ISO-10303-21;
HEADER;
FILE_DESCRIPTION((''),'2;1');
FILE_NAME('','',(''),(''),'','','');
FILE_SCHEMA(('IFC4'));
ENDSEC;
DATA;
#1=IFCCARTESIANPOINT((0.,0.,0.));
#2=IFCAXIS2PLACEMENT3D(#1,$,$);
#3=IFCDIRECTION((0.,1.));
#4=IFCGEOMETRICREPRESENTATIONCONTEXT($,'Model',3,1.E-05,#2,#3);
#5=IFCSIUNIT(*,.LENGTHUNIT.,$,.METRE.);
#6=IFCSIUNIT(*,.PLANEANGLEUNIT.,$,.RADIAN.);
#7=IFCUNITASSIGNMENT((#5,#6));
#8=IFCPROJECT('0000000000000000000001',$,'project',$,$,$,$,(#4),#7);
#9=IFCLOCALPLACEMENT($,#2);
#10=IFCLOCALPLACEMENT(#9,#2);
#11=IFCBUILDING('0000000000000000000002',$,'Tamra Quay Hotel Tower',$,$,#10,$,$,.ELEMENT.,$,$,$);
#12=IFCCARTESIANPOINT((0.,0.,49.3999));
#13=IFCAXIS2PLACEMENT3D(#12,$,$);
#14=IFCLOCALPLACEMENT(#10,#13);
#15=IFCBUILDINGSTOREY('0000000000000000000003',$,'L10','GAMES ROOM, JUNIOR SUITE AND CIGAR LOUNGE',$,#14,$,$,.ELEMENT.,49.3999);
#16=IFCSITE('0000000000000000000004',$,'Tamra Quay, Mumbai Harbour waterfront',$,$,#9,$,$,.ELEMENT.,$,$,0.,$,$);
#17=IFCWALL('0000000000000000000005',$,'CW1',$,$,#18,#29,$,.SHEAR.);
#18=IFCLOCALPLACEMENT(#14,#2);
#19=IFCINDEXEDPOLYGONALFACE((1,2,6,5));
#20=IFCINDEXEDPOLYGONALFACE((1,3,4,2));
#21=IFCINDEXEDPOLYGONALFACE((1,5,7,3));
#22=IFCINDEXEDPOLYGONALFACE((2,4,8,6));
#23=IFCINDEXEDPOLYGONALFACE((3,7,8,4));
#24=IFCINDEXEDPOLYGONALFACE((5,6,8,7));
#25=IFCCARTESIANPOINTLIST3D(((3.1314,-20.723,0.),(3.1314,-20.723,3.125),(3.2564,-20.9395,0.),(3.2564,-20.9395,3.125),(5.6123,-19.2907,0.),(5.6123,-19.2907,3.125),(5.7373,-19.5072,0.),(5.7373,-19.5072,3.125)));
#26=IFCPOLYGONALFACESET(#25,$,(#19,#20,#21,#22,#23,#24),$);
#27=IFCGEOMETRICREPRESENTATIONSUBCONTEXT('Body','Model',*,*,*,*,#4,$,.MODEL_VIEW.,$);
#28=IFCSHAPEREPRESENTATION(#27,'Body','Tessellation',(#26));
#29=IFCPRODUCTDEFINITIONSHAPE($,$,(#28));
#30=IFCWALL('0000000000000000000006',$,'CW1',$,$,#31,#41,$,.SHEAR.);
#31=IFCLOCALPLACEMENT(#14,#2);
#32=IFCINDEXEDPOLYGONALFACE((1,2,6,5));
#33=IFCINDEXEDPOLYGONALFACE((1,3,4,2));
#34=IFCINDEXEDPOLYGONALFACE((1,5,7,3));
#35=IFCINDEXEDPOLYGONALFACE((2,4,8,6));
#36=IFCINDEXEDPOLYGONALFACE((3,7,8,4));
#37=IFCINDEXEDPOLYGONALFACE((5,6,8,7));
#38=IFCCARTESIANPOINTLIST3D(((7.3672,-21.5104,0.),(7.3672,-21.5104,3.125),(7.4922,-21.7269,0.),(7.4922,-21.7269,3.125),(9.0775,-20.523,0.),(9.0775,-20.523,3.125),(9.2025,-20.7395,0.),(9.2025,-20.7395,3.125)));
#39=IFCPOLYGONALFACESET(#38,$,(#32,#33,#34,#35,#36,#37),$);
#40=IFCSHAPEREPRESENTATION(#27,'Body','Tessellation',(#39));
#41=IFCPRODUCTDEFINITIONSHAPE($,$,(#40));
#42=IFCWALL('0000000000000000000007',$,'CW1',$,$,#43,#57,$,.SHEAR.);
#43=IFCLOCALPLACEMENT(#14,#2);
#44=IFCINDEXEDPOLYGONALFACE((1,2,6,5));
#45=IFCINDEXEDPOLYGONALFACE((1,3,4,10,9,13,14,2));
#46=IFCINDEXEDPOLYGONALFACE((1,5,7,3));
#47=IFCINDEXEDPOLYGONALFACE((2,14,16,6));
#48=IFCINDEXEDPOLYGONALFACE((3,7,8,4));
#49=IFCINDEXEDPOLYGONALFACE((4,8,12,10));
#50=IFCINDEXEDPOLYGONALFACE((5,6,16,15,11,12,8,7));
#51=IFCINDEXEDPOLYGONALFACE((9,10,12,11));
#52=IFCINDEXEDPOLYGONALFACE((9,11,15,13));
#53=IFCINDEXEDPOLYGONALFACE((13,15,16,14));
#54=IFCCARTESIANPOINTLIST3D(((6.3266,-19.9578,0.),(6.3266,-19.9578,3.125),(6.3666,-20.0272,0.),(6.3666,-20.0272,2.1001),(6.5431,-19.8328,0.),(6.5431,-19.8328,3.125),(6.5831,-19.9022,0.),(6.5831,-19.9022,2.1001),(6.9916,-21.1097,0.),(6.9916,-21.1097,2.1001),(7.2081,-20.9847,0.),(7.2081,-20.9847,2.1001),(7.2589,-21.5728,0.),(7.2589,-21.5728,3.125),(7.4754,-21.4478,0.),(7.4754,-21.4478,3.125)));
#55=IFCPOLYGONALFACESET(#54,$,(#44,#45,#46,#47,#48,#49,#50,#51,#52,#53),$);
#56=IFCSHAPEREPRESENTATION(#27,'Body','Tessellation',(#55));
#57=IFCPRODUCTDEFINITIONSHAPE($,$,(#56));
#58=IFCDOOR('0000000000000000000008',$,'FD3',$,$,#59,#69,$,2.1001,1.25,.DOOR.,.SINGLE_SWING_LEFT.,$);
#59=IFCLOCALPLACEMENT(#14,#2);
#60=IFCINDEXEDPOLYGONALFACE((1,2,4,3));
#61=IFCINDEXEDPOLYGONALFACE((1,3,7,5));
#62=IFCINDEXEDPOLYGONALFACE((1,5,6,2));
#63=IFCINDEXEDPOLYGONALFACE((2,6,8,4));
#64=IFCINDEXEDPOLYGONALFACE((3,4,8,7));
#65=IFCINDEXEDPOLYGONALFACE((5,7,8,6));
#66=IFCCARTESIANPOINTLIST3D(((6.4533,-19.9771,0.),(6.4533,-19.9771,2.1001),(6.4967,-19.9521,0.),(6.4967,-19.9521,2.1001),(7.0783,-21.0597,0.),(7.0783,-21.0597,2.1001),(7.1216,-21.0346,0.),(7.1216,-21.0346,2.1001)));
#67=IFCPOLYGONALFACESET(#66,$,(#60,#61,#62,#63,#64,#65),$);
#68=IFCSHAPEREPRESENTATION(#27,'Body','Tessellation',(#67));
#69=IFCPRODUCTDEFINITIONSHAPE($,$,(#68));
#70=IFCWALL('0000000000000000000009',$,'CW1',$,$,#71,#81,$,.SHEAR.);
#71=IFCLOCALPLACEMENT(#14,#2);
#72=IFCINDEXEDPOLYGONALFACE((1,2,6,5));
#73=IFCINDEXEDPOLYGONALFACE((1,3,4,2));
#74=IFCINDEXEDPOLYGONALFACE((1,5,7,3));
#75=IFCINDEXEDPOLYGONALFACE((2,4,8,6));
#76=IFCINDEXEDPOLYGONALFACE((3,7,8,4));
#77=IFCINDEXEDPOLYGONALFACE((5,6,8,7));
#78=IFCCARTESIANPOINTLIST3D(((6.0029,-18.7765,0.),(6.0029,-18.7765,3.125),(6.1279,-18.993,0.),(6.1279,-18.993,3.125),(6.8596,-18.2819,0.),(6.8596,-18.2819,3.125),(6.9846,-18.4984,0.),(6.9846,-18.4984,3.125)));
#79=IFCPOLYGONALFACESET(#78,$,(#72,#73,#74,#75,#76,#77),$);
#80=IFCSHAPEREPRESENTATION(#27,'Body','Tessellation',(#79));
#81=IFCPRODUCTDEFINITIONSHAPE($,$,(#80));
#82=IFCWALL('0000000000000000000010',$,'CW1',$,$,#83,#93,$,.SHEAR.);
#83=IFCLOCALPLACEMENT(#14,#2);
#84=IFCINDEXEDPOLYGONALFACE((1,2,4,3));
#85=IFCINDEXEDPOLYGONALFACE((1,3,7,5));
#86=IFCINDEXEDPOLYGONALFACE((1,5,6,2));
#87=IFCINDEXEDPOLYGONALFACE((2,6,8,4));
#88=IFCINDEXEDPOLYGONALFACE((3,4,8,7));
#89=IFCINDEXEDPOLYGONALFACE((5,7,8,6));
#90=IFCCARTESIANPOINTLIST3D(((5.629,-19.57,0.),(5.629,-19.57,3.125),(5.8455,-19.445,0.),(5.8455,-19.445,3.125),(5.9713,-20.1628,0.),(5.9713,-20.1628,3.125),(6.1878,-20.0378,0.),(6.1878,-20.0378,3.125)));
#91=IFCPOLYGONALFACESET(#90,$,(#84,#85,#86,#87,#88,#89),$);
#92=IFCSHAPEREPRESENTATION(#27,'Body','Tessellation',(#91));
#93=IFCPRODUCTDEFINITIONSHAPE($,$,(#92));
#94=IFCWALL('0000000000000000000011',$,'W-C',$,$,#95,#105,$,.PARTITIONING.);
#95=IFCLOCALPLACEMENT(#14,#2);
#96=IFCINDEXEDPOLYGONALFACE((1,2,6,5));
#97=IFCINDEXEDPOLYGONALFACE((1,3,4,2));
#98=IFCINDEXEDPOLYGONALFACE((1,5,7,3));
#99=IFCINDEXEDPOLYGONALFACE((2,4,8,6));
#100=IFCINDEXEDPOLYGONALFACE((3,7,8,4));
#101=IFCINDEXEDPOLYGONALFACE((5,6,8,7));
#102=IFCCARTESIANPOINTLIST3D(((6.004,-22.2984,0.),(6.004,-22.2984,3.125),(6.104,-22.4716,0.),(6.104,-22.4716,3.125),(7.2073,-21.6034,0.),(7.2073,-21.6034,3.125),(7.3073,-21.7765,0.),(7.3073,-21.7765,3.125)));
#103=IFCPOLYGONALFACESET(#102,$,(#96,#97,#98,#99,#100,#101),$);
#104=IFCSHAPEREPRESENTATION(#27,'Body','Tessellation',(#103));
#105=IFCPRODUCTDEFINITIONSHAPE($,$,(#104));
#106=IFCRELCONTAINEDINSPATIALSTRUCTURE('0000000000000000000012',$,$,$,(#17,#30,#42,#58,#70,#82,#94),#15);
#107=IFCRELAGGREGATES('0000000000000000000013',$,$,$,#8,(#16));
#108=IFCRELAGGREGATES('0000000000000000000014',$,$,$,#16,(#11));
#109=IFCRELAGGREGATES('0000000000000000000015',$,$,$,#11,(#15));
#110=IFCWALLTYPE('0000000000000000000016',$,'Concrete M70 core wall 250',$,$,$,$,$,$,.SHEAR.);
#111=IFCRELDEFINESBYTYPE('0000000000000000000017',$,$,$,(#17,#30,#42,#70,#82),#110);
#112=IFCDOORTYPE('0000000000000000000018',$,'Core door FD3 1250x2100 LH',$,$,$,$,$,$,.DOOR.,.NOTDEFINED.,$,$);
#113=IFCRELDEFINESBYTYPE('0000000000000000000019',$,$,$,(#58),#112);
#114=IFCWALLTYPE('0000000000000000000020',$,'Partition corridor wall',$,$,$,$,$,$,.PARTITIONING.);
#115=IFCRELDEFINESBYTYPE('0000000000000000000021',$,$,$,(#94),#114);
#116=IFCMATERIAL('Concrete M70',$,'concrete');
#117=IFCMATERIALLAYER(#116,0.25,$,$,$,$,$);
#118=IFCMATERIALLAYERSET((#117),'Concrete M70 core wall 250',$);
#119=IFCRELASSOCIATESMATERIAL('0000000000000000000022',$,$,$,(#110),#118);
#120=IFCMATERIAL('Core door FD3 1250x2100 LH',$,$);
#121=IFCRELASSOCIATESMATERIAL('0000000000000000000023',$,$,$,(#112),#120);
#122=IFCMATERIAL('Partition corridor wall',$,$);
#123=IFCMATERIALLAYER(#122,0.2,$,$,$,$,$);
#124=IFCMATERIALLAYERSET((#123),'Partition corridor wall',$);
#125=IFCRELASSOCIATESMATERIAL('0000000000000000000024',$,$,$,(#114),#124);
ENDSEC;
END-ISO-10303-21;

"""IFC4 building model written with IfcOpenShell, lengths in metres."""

from ifc_helpers import new_model, si_unit, direction, frame, frame_2d, origin, place, context, subcontext, project, spatial, rectangle, extrude, material, layer, layer_set, type_object, element, fill, save


model = new_model("IFC4")

# Units and contexts
model_context = context("Model", 3, precision=1e-05, world=origin(), true_north=direction((0.0, 1.0)))
body_context = subcontext(model_context, "Body", "Model", "MODEL_VIEW")
ifc_project = project(units=[si_unit("LENGTHUNIT", "METRE"), si_unit("PLANEANGLEUNIT", "RADIAN")], contexts=[model_context])

# Site, building, storey
site_placement = place(None, origin())
site = spatial("IfcSite", under=ifc_project, at=site_placement, Name="Tamra Quay, Mumbai Harbour waterfront", CompositionType="ELEMENT", RefElevation=0.0)
building_placement = place(site_placement, origin())
building = spatial("IfcBuilding", under=site, at=building_placement, Name="Tamra Quay Hotel Tower", CompositionType="ELEMENT")
storey_placement = place(building_placement, frame((0.0, 0.0, 49.3999)))
storey = spatial("IfcBuildingStorey", under=building, at=storey_placement, Name="L10", Description="GAMES ROOM, JUNIOR SUITE AND CIGAR LOUNGE", CompositionType="ELEMENT", Elevation=49.3999)

# Shared definitions
ifc_material_1 = material(Name="Concrete M70", Category="concrete")

# Walls
ifc_layer_1 = layer(ifc_material_1, 0.25)
ifc_layer_set_1 = layer_set([ifc_layer_1], Name="Concrete M70 core wall 250")
wall_type_1 = type_object("IfcWallType", Name="Concrete M70 core wall 250", PredefinedType="SHEAR", material=ifc_layer_set_1)
wall_1_placement = place(storey_placement, frame((5.6748, -19.3989, 0.0), z_axis=(0.0, 0.0, 1.0), x_axis=(-0.866027, -0.499998, 0.0)))
element("IfcWall", 1, at=wall_1_placement, inside=storey, type_object=wall_type_1, Name="CW1", PredefinedType="SHEAR", context=body_context, shape_type="SweptSolid", body=[
    extrude(rectangle(XDim=2.8647, YDim=0.25, at=frame_2d((1.4324, 0.0))), origin(), (0.0, 0.0, 1.0), 3.125),
])
wall_2_placement = place(storey_placement, frame((9.1399, -20.6313, 0.0), z_axis=(0.0, 0.0, 1.0), x_axis=(-0.866044, -0.499969, 0.0)))
element("IfcWall", 2, at=wall_2_placement, inside=storey, type_object=wall_type_1, Name="CW1", PredefinedType="SHEAR", context=body_context, shape_type="SweptSolid", body=[
    extrude(rectangle(XDim=1.9749, YDim=0.25, at=frame_2d((0.9873, 0.0))), origin(), (0.0, 0.0, 1.0), 3.125),
])

# Wall, opening, door
wall_3_placement = place(storey_placement, frame((7.3672, -21.5103, 0.0), z_axis=(0.0, 0.0, 1.0), x_axis=(-0.499983, 0.866035, 0.0)))
wall_3 = element("IfcWall", 3, at=wall_3_placement, inside=storey, type_object=wall_type_1, Name="CW1", PredefinedType="SHEAR", context=body_context, shape_type="SweptSolid", body=[
    extrude(rectangle(XDim=1.8647, YDim=0.25, at=frame_2d((0.9324, 0.0))), origin(), (0.0, 0.0, 1.0), 3.125),
])
opening_1_placement = place(wall_3_placement, frame((0.5347, 0.0, 0.0)))
opening_1 = element("IfcOpeningElement", 4, at=opening_1_placement, cuts=wall_3, PredefinedType="OPENING", context=body_context, shape_type="SweptSolid", body=[
    extrude(rectangle(XDim=1.25, YDim=2.1001, at=frame_2d((0.625, 1.05))), frame((0.0, 0.135, 0.0), z_axis=(0.0, -1.0, 0.0), x_axis=(1.0, 0.0, 0.0)), (0.0, 0.0, 1.0), 0.27),
])
ifc_material_2 = material(Name="Core door FD3 1250x2100 LH")
door_type_1 = type_object("IfcDoorType", Name="Core door FD3 1250x2100 LH", OperationType="NOTDEFINED", PredefinedType="DOOR", material=ifc_material_2)
door_1_placement = place(opening_1_placement, origin())
door_1 = element("IfcDoor", 5, at=door_1_placement, inside=storey, type_object=door_type_1, Name="FD3", OperationType="SINGLE_SWING_LEFT", OverallHeight=2.1001, OverallWidth=1.25, PredefinedType="DOOR", context=body_context, shape_type="SweptSolid", body=[
    extrude(rectangle(XDim=1.25, YDim=2.1001, at=frame_2d((0.625, 1.05))), frame((0.0, 0.0249, 0.0), z_axis=(0.0, -1.0, 0.0), x_axis=(1.0, 0.0, 0.0)), (0.0, 0.0, 1.0), 0.05),
])
fill(opening_1, door_1)

# Walls
wall_4_placement = place(storey_placement, frame((6.0654, -18.8848, 0.0), z_axis=(0.0, 0.0, 1.0), x_axis=(0.866017, 0.500014, 0.0)))
element("IfcWall", 6, at=wall_4_placement, inside=storey, type_object=wall_type_1, Name="CW1", PredefinedType="SHEAR", context=body_context, shape_type="SweptSolid", body=[
    extrude(rectangle(XDim=0.9893, YDim=0.25, at=frame_2d((0.4946, 0.0))), origin(), (0.0, 0.0, 1.0), 3.125),
])
wall_5_placement = place(storey_placement, frame((6.0796, -20.1003, 0.0), z_axis=(0.0, 0.0, 1.0), x_axis=(-0.500052, 0.865996, 0.0)))
element("IfcWall", 7, at=wall_5_placement, inside=storey, type_object=wall_type_1, Name="CW1", PredefinedType="SHEAR", context=body_context, shape_type="SweptSolid", body=[
    extrude(rectangle(XDim=0.6846, YDim=0.25, at=frame_2d((0.3423, 0.0))), origin(), (0.0, 0.0, 1.0), 3.125),
])
ifc_material_3 = material(Name="Partition corridor wall")
ifc_layer_2 = layer(ifc_material_3, 0.2)
ifc_layer_set_2 = layer_set([ifc_layer_2], Name="Partition corridor wall")
wall_type_2 = type_object("IfcWallType", Name="Partition corridor wall", PredefinedType="PARTITIONING", material=ifc_layer_set_2)
wall_6_placement = place(storey_placement, frame((6.054, -22.385, 0.0), z_axis=(0.0, 0.0, 1.0), x_axis=(0.865931, 0.500163, 0.0)))
element("IfcWall", 8, at=wall_6_placement, inside=storey, type_object=wall_type_2, Name="W-C", PredefinedType="PARTITIONING", context=body_context, shape_type="SweptSolid", body=[
    extrude(rectangle(XDim=1.3896, YDim=0.2, at=frame_2d((0.6948, 0.0))), origin(), (0.0, 0.0, 1.0), 3.125),
])

save(model, "model.ifc")
